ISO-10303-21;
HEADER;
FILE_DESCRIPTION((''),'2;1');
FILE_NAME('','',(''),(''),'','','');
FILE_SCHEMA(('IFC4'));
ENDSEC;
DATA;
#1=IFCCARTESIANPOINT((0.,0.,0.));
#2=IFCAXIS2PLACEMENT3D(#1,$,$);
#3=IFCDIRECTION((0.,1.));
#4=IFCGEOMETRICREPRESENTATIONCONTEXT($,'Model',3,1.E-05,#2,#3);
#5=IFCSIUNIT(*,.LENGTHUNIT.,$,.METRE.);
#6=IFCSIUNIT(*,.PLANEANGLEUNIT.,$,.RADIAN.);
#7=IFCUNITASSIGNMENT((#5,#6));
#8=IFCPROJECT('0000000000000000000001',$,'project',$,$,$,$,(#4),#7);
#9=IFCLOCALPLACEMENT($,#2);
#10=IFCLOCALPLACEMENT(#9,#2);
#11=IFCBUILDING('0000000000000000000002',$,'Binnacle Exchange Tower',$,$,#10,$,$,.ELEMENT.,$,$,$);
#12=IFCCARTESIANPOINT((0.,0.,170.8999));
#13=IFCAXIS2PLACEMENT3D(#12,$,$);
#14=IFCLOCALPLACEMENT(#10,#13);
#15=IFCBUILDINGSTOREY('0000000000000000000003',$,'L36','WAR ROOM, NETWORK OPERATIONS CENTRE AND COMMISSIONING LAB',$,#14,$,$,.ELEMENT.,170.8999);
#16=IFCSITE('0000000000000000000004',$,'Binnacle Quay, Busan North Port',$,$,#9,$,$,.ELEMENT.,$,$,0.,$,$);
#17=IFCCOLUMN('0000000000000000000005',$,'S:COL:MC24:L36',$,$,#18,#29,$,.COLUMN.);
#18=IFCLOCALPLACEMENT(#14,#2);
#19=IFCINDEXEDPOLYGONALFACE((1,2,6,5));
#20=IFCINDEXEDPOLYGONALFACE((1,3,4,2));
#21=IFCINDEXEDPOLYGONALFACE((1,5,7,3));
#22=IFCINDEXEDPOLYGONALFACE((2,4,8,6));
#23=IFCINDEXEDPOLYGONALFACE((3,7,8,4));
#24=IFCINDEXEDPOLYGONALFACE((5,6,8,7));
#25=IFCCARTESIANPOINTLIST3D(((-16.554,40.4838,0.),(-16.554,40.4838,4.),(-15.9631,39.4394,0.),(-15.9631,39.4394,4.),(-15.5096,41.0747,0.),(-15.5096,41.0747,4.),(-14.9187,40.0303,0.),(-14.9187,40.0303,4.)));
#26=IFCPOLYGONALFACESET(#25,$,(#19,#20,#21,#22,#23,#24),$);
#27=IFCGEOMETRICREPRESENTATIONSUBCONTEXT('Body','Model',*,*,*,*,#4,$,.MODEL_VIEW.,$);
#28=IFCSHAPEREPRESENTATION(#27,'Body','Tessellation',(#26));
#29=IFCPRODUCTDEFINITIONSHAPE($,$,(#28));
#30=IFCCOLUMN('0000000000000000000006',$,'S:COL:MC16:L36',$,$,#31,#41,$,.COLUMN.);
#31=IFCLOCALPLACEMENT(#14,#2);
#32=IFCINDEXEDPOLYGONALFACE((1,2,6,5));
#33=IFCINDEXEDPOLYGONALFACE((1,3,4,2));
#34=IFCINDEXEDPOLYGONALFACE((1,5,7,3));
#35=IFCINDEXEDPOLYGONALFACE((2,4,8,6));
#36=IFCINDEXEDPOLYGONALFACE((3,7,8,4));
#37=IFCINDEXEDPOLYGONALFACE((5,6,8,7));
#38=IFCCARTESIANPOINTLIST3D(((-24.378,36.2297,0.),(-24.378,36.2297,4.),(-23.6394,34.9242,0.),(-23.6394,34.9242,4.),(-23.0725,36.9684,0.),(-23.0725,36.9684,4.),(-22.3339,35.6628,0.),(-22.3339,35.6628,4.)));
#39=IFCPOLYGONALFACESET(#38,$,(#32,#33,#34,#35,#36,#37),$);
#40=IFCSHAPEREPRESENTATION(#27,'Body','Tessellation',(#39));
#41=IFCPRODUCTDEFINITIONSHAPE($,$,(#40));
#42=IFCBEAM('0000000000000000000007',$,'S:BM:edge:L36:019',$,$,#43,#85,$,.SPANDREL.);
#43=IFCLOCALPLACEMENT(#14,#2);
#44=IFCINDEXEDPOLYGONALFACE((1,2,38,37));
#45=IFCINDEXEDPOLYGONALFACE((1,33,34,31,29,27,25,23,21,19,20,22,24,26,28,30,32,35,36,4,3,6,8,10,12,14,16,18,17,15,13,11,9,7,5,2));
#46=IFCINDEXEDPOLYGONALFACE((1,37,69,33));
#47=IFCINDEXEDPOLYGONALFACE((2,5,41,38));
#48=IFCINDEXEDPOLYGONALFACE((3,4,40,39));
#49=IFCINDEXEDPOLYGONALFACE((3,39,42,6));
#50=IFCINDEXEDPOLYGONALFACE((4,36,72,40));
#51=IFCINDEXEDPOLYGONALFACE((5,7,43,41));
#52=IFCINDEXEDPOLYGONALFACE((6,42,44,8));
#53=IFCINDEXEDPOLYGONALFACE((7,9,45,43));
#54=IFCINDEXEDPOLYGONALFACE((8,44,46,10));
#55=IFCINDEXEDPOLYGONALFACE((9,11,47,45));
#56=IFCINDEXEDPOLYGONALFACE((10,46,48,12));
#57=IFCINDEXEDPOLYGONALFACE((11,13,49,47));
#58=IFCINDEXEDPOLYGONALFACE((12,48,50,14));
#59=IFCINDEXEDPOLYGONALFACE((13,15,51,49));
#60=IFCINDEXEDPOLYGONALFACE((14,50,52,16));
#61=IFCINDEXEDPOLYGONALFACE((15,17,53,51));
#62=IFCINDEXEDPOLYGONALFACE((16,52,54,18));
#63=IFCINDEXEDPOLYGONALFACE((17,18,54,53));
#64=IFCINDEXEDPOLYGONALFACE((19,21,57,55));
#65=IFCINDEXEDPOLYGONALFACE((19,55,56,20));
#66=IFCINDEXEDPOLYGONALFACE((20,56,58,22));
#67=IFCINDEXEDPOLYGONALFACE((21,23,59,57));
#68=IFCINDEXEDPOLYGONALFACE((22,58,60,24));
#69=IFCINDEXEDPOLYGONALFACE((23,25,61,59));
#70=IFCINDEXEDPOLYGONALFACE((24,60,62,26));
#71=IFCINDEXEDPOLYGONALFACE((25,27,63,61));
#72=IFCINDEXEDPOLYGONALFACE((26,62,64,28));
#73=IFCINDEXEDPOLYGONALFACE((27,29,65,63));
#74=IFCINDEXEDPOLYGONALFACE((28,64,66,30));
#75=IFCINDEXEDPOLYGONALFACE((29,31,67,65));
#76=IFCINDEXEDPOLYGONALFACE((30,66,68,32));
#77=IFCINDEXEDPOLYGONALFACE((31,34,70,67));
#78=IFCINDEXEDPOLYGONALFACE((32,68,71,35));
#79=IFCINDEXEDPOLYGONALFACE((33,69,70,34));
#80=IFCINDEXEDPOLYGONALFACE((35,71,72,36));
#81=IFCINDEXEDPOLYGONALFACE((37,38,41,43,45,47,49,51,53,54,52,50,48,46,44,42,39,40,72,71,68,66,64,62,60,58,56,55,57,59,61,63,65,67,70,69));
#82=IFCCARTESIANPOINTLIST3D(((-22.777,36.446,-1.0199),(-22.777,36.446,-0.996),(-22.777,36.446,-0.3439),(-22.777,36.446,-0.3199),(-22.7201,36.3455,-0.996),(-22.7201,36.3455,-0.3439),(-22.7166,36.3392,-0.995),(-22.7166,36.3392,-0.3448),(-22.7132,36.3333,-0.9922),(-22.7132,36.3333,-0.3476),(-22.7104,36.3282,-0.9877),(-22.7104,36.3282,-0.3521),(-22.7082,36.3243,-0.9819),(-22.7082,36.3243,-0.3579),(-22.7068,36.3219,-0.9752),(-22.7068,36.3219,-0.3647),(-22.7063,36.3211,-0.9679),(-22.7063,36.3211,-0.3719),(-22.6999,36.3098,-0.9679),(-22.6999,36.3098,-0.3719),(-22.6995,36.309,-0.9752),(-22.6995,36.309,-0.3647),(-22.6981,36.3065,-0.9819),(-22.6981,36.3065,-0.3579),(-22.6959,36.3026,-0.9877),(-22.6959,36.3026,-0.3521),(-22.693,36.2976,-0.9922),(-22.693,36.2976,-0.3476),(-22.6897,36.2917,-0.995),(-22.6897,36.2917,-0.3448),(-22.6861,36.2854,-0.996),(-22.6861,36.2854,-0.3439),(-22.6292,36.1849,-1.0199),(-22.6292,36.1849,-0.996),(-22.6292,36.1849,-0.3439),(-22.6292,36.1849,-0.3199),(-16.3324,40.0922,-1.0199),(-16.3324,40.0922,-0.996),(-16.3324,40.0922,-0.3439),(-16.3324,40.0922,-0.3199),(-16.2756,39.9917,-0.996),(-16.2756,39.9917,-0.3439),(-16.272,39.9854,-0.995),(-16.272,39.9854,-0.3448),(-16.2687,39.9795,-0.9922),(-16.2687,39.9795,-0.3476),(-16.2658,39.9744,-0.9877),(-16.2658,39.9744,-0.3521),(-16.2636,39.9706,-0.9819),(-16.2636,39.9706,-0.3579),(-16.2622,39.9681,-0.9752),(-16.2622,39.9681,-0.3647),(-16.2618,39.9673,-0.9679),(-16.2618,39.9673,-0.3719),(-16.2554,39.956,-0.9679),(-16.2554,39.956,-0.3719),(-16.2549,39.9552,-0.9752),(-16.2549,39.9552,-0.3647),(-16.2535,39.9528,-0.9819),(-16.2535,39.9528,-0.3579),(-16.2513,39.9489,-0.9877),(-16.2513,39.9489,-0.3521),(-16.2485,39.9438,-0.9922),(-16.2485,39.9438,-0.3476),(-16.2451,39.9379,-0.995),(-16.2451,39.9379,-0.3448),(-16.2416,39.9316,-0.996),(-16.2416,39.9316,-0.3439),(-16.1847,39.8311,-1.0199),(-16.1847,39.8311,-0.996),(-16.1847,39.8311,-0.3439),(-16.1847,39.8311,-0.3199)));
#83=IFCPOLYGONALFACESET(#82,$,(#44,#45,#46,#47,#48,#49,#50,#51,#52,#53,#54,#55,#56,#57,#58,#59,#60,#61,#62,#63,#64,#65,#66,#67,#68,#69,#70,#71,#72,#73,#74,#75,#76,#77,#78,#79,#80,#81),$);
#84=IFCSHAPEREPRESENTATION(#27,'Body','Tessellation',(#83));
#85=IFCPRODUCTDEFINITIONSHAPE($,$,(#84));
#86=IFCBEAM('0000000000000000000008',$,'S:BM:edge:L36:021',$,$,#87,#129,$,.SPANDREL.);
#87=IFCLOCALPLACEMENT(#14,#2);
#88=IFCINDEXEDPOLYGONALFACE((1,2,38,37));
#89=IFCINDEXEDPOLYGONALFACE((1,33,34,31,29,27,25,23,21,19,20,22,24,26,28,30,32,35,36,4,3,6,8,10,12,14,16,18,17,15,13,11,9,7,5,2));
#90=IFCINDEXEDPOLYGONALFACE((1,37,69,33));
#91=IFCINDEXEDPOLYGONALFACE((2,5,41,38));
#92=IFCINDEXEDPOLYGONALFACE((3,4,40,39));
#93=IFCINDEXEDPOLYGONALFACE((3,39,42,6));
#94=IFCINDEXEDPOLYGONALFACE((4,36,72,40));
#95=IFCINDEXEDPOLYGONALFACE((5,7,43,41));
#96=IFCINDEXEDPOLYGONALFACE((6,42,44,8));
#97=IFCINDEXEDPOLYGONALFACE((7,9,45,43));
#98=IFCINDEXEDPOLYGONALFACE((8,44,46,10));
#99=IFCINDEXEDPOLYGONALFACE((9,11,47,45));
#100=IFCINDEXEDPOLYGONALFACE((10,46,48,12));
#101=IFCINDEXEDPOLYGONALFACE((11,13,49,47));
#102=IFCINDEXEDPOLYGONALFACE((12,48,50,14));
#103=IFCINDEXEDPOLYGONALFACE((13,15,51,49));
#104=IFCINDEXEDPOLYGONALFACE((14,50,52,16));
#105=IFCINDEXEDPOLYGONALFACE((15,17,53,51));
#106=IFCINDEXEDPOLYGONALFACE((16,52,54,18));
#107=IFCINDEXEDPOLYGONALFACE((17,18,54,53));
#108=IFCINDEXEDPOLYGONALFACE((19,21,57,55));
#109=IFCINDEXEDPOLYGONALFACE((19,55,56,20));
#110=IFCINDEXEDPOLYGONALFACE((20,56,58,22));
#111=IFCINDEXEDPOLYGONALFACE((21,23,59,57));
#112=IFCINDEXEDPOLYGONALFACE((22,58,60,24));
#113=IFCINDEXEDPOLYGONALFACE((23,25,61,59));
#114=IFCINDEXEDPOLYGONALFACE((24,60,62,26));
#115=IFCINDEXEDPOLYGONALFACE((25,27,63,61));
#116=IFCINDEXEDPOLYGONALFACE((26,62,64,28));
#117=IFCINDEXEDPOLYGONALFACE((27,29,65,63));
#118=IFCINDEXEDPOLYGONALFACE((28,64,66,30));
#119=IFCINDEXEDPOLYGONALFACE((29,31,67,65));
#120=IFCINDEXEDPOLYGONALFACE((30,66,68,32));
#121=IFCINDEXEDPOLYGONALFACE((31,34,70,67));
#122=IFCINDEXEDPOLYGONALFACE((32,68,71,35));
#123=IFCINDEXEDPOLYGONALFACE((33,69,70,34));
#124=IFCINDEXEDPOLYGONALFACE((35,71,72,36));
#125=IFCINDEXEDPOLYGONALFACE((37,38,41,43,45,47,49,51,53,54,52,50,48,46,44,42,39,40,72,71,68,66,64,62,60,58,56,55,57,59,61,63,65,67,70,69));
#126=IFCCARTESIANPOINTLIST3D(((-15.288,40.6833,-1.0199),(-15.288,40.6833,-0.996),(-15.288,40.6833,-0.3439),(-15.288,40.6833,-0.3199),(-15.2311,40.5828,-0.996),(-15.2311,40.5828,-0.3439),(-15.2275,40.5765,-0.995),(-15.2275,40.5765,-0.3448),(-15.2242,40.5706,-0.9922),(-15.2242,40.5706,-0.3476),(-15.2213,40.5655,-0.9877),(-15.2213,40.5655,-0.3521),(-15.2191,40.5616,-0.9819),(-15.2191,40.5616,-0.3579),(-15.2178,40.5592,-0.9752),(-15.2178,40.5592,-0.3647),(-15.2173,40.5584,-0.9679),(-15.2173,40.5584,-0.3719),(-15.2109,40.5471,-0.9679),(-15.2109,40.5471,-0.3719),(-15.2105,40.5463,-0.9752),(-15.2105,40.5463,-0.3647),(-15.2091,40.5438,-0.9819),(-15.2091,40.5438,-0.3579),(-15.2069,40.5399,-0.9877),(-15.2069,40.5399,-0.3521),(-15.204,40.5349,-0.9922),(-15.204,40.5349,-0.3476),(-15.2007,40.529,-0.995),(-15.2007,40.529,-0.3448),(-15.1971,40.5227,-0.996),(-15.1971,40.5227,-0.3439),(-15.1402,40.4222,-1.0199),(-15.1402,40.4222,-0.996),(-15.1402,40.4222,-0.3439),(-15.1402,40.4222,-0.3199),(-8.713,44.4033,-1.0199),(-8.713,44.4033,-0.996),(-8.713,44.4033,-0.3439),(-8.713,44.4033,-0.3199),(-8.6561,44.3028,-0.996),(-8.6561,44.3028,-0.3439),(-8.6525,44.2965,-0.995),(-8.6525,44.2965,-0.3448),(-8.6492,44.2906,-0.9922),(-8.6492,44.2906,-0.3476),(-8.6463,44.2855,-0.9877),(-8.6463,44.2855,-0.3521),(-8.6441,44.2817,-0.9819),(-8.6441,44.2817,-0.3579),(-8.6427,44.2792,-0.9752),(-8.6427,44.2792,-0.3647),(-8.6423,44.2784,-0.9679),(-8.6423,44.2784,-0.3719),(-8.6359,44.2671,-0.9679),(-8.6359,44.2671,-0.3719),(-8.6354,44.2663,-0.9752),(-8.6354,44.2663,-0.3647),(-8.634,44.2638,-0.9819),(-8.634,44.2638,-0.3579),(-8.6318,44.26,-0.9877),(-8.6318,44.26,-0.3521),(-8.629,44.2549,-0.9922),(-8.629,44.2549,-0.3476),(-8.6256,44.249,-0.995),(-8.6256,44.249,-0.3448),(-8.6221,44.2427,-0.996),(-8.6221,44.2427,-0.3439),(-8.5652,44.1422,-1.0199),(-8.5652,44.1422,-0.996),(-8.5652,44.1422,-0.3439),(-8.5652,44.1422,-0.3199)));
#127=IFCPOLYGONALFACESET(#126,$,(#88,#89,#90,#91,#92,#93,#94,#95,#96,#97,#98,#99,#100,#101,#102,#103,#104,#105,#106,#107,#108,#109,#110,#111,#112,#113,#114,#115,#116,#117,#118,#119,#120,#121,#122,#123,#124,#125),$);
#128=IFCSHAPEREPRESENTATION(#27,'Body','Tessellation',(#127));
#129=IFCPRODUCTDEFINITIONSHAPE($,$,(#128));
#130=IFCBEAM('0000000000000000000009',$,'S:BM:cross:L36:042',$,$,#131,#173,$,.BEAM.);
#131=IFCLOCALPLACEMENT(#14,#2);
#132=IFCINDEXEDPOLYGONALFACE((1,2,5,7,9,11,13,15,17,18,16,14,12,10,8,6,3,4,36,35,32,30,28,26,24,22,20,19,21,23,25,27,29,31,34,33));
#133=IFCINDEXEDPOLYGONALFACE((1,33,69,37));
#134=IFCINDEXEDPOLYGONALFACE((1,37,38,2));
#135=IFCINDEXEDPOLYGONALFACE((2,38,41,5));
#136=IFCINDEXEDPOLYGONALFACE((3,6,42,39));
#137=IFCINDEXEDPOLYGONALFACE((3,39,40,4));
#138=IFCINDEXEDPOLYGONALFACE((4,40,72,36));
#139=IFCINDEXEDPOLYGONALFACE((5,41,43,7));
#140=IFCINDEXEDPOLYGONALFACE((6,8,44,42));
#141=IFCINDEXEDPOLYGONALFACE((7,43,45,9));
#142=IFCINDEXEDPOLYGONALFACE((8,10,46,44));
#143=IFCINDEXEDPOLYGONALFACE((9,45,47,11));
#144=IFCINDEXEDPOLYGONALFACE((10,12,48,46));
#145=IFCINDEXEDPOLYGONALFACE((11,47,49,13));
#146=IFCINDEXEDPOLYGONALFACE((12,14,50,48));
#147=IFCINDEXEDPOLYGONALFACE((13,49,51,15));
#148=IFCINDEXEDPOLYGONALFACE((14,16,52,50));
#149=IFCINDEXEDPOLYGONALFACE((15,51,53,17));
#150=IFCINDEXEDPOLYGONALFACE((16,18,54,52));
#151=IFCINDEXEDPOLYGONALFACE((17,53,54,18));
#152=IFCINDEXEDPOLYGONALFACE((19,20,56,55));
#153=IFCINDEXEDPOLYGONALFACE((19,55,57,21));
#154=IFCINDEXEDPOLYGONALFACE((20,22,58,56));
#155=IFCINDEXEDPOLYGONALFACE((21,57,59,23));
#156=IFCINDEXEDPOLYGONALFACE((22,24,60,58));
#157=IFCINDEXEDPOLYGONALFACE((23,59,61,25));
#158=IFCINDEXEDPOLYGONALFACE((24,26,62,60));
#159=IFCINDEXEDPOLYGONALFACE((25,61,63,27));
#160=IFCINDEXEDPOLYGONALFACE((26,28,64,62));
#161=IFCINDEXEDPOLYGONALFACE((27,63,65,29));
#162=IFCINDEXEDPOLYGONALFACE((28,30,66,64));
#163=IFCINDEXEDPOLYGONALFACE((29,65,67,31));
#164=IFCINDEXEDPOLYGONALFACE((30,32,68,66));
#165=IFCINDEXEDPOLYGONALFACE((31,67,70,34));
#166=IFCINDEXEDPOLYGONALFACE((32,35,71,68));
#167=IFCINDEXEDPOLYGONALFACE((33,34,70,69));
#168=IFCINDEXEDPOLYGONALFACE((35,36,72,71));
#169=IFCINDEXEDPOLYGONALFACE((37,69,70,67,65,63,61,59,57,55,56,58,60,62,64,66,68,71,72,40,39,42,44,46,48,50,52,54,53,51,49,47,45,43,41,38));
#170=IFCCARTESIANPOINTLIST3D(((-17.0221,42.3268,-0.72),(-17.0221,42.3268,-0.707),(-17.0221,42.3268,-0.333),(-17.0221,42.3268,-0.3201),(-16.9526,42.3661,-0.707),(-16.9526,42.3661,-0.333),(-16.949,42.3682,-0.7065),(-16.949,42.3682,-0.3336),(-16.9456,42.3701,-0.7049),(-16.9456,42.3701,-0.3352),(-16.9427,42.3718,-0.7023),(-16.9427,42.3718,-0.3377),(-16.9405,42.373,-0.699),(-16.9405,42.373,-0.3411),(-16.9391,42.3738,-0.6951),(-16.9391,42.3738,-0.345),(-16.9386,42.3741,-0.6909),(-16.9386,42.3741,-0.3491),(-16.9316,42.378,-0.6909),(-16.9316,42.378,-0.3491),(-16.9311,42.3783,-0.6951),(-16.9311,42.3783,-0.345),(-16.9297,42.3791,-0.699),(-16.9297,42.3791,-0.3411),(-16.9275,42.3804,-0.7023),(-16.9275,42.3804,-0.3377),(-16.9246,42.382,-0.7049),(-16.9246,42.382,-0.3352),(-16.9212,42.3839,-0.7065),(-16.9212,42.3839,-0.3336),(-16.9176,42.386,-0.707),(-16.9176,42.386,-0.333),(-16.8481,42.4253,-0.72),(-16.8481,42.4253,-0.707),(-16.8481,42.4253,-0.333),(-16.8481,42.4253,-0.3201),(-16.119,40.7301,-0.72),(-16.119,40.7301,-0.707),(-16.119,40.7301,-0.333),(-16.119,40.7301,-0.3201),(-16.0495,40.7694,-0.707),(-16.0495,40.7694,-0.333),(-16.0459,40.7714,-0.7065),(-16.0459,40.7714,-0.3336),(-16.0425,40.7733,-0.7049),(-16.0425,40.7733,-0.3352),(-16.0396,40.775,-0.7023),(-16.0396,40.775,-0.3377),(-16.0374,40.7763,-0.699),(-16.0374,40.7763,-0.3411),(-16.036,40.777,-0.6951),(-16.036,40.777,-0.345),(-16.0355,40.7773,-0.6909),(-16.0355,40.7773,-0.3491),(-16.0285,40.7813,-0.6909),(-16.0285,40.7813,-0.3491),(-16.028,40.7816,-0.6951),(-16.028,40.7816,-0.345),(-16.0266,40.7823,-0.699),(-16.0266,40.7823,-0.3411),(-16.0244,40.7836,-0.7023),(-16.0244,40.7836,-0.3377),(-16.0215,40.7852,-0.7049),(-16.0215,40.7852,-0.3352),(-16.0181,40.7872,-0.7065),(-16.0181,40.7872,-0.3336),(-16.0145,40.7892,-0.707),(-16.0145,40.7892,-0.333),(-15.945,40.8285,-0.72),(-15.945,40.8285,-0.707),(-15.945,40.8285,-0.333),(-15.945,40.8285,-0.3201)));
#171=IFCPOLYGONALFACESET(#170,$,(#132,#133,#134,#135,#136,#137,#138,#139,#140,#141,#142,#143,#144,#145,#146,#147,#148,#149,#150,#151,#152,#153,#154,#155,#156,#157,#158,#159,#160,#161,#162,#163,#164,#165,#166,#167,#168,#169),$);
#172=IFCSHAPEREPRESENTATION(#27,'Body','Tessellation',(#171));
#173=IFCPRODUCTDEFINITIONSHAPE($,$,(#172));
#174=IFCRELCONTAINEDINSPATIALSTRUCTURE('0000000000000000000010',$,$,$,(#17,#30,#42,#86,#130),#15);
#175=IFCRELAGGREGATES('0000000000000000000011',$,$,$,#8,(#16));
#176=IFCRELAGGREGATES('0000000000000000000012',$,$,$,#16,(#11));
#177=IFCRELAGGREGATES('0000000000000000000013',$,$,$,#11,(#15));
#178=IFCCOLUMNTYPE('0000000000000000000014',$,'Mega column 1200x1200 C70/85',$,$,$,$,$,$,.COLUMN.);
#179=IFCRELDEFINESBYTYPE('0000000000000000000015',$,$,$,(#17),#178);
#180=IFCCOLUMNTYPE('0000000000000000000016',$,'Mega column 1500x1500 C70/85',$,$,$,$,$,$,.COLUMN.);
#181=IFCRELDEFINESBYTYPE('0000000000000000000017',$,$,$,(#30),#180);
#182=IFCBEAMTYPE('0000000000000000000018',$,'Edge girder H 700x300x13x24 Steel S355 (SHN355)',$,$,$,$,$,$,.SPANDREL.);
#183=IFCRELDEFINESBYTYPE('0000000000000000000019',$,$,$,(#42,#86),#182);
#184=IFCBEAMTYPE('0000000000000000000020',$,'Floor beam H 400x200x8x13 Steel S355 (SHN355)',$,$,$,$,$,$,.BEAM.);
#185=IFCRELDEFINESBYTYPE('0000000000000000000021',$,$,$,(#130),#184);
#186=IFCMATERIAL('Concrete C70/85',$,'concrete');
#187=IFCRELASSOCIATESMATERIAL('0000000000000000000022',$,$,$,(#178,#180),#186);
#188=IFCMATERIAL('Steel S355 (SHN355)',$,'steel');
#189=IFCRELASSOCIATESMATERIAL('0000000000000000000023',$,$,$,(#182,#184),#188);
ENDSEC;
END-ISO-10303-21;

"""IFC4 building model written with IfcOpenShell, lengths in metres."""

from ifc_helpers import new_model, si_unit, direction, frame, origin, origin_2d, place, context, subcontext, project, spatial, rectangle, i_section, extrude, material, material_profile, profile_set, type_object, element, save


model = new_model("IFC4")

# Units and contexts
model_context = context("Model", 3, precision=1e-05, world=origin(), true_north=direction((0.0, 1.0)))
body_context = subcontext(model_context, "Body", "Model", "MODEL_VIEW")
ifc_project = project(units=[si_unit("LENGTHUNIT", "METRE"), si_unit("PLANEANGLEUNIT", "RADIAN")], contexts=[model_context])

# Site, building, storey
site_placement = place(None, origin())
site = spatial("IfcSite", under=ifc_project, at=site_placement, Name="Binnacle Quay, Busan North Port", CompositionType="ELEMENT", RefElevation=0.0)
building_placement = place(site_placement, origin())
building = spatial("IfcBuilding", under=site, at=building_placement, Name="Binnacle Exchange Tower", CompositionType="ELEMENT")
storey_placement = place(building_placement, frame((0.0, 0.0, 170.8999)))
storey = spatial("IfcBuildingStorey", under=building, at=storey_placement, Name="L36", Description="WAR ROOM, NETWORK OPERATIONS CENTRE AND COMMISSIONING LAB", CompositionType="ELEMENT", Elevation=170.8999)

# Columns
ifc_material_1 = material(Name="Concrete C70/85", Category="concrete")
ifc_material_profile_1 = material_profile(ifc_material_1, rectangle(XDim=1.2, YDim=1.2, at=origin_2d()), Name="Mega column 1200x1200 C70/85")
ifc_profile_set_1 = profile_set([ifc_material_profile_1], Name="Concrete C70/85")
column_type_1 = type_object("IfcColumnType", Name="Mega column 1200x1200 C70/85", PredefinedType="COLUMN", material=ifc_profile_set_1)
column_1_placement = place(storey_placement, frame((-15.7363, 40.2571, 0.0), z_axis=(0.0, 0.0, 1.0), x_axis=(0.870356, 0.492424, 0.0)))
element("IfcColumn", 1, at=column_1_placement, inside=storey, type_object=column_type_1, Name="S:COL:MC24:L36", PredefinedType="COLUMN", context=body_context, shape_type="SweptSolid", body=[
    extrude(rectangle(XDim=1.2, YDim=1.2, at=origin_2d()), origin(), (0.0, 0.0, 1.0), 4.0),
])
ifc_material_profile_2 = material_profile(ifc_material_1, rectangle(XDim=1.5, YDim=1.5, at=origin_2d()), Name="Mega column 1500x1500 C70/85")
ifc_profile_set_2 = profile_set([ifc_material_profile_2], Name="Concrete C70/85")
column_type_2 = type_object("IfcColumnType", Name="Mega column 1500x1500 C70/85", PredefinedType="COLUMN", material=ifc_profile_set_2)
column_2_placement = place(storey_placement, frame((-23.356, 35.9463, 0.0), z_axis=(0.0, 0.0, 1.0), x_axis=(0.870356, 0.492424, 0.0)))
element("IfcColumn", 2, at=column_2_placement, inside=storey, type_object=column_type_2, Name="S:COL:MC16:L36", PredefinedType="COLUMN", context=body_context, shape_type="SweptSolid", body=[
    extrude(rectangle(XDim=1.5, YDim=1.5, at=origin_2d()), origin(), (0.0, 0.0, 1.0), 4.0),
])

# Beams
ifc_material_2 = material(Name="Steel S355 (SHN355)", Category="steel")
ifc_material_profile_3 = material_profile(ifc_material_2, i_section(OverallWidth=0.3, OverallDepth=0.7, WebThickness=0.0129, FlangeThickness=0.0239, FilletRadius=0.0281, at=origin_2d()), Name="H 700x300x13x24")
ifc_profile_set_3 = profile_set([ifc_material_profile_3], Name="Steel S355 (SHN355)")
beam_type_1 = type_object("IfcBeamType", Name="Edge girder H 700x300x13x24 Steel S355 (SHN355)", PredefinedType="SPANDREL", material=ifc_profile_set_3)
beam_1_placement = place(storey_placement, frame((-22.7031, 36.3154, -0.6699), z_axis=(0.870352, 0.492431, 0.0), x_axis=(-0.492431, 0.870352, 0.0)))
element("IfcBeam", 3, at=beam_1_placement, inside=storey, type_object=beam_type_1, Name="S:BM:edge:L36:019", PredefinedType="SPANDREL", context=body_context, shape_type="SweptSolid", body=[
    extrude(i_section(OverallWidth=0.3, OverallDepth=0.7, WebThickness=0.0129, FlangeThickness=0.0239, FilletRadius=0.0281, at=origin_2d()), origin(), (0.0, 0.0, 1.0), 7.4045),
])
beam_2_placement = place(storey_placement, frame((-15.2141, 40.5527, -0.6699), z_axis=(0.870353, 0.492428, 0.0), x_axis=(-0.492428, 0.870353, 0.0)))
element("IfcBeam", 4, at=beam_2_placement, inside=storey, type_object=beam_type_1, Name="S:BM:edge:L36:021", PredefinedType="SPANDREL", context=body_context, shape_type="SweptSolid", body=[
    extrude(i_section(OverallWidth=0.3, OverallDepth=0.7, WebThickness=0.0129, FlangeThickness=0.0239, FilletRadius=0.0281, at=origin_2d()), origin(), (0.0, 0.0, 1.0), 7.5544),
])
ifc_material_profile_4 = material_profile(ifc_material_2, i_section(OverallWidth=0.2, OverallDepth=0.3999, WebThickness=0.0081, FlangeThickness=0.0129, FilletRadius=0.0161, at=origin_2d()), Name="H 400x200x8x13")
ifc_profile_set_4 = profile_set([ifc_material_profile_4], Name="Steel S355 (SHN355)")
beam_type_2 = type_object("IfcBeamType", Name="Floor beam H 400x200x8x13 Steel S355 (SHN355)", PredefinedType="BEAM", material=ifc_profile_set_4)
beam_3_placement = place(storey_placement, frame((-16.032, 40.7793, -0.52), z_axis=(-0.492307, 0.870422, 0.0), x_axis=(-0.870422, -0.492307, 0.0)))
element("IfcBeam", 5, at=beam_3_placement, inside=storey, type_object=beam_type_2, Name="S:BM:cross:L36:042", PredefinedType="BEAM", context=body_context, shape_type="SweptSolid", body=[
    extrude(i_section(OverallWidth=0.2, OverallDepth=0.3999, WebThickness=0.0081, FlangeThickness=0.0129, FilletRadius=0.0161, at=origin_2d()), origin(), (0.0, 0.0, 1.0), 1.8345),
])

save(model, "model.ifc")
